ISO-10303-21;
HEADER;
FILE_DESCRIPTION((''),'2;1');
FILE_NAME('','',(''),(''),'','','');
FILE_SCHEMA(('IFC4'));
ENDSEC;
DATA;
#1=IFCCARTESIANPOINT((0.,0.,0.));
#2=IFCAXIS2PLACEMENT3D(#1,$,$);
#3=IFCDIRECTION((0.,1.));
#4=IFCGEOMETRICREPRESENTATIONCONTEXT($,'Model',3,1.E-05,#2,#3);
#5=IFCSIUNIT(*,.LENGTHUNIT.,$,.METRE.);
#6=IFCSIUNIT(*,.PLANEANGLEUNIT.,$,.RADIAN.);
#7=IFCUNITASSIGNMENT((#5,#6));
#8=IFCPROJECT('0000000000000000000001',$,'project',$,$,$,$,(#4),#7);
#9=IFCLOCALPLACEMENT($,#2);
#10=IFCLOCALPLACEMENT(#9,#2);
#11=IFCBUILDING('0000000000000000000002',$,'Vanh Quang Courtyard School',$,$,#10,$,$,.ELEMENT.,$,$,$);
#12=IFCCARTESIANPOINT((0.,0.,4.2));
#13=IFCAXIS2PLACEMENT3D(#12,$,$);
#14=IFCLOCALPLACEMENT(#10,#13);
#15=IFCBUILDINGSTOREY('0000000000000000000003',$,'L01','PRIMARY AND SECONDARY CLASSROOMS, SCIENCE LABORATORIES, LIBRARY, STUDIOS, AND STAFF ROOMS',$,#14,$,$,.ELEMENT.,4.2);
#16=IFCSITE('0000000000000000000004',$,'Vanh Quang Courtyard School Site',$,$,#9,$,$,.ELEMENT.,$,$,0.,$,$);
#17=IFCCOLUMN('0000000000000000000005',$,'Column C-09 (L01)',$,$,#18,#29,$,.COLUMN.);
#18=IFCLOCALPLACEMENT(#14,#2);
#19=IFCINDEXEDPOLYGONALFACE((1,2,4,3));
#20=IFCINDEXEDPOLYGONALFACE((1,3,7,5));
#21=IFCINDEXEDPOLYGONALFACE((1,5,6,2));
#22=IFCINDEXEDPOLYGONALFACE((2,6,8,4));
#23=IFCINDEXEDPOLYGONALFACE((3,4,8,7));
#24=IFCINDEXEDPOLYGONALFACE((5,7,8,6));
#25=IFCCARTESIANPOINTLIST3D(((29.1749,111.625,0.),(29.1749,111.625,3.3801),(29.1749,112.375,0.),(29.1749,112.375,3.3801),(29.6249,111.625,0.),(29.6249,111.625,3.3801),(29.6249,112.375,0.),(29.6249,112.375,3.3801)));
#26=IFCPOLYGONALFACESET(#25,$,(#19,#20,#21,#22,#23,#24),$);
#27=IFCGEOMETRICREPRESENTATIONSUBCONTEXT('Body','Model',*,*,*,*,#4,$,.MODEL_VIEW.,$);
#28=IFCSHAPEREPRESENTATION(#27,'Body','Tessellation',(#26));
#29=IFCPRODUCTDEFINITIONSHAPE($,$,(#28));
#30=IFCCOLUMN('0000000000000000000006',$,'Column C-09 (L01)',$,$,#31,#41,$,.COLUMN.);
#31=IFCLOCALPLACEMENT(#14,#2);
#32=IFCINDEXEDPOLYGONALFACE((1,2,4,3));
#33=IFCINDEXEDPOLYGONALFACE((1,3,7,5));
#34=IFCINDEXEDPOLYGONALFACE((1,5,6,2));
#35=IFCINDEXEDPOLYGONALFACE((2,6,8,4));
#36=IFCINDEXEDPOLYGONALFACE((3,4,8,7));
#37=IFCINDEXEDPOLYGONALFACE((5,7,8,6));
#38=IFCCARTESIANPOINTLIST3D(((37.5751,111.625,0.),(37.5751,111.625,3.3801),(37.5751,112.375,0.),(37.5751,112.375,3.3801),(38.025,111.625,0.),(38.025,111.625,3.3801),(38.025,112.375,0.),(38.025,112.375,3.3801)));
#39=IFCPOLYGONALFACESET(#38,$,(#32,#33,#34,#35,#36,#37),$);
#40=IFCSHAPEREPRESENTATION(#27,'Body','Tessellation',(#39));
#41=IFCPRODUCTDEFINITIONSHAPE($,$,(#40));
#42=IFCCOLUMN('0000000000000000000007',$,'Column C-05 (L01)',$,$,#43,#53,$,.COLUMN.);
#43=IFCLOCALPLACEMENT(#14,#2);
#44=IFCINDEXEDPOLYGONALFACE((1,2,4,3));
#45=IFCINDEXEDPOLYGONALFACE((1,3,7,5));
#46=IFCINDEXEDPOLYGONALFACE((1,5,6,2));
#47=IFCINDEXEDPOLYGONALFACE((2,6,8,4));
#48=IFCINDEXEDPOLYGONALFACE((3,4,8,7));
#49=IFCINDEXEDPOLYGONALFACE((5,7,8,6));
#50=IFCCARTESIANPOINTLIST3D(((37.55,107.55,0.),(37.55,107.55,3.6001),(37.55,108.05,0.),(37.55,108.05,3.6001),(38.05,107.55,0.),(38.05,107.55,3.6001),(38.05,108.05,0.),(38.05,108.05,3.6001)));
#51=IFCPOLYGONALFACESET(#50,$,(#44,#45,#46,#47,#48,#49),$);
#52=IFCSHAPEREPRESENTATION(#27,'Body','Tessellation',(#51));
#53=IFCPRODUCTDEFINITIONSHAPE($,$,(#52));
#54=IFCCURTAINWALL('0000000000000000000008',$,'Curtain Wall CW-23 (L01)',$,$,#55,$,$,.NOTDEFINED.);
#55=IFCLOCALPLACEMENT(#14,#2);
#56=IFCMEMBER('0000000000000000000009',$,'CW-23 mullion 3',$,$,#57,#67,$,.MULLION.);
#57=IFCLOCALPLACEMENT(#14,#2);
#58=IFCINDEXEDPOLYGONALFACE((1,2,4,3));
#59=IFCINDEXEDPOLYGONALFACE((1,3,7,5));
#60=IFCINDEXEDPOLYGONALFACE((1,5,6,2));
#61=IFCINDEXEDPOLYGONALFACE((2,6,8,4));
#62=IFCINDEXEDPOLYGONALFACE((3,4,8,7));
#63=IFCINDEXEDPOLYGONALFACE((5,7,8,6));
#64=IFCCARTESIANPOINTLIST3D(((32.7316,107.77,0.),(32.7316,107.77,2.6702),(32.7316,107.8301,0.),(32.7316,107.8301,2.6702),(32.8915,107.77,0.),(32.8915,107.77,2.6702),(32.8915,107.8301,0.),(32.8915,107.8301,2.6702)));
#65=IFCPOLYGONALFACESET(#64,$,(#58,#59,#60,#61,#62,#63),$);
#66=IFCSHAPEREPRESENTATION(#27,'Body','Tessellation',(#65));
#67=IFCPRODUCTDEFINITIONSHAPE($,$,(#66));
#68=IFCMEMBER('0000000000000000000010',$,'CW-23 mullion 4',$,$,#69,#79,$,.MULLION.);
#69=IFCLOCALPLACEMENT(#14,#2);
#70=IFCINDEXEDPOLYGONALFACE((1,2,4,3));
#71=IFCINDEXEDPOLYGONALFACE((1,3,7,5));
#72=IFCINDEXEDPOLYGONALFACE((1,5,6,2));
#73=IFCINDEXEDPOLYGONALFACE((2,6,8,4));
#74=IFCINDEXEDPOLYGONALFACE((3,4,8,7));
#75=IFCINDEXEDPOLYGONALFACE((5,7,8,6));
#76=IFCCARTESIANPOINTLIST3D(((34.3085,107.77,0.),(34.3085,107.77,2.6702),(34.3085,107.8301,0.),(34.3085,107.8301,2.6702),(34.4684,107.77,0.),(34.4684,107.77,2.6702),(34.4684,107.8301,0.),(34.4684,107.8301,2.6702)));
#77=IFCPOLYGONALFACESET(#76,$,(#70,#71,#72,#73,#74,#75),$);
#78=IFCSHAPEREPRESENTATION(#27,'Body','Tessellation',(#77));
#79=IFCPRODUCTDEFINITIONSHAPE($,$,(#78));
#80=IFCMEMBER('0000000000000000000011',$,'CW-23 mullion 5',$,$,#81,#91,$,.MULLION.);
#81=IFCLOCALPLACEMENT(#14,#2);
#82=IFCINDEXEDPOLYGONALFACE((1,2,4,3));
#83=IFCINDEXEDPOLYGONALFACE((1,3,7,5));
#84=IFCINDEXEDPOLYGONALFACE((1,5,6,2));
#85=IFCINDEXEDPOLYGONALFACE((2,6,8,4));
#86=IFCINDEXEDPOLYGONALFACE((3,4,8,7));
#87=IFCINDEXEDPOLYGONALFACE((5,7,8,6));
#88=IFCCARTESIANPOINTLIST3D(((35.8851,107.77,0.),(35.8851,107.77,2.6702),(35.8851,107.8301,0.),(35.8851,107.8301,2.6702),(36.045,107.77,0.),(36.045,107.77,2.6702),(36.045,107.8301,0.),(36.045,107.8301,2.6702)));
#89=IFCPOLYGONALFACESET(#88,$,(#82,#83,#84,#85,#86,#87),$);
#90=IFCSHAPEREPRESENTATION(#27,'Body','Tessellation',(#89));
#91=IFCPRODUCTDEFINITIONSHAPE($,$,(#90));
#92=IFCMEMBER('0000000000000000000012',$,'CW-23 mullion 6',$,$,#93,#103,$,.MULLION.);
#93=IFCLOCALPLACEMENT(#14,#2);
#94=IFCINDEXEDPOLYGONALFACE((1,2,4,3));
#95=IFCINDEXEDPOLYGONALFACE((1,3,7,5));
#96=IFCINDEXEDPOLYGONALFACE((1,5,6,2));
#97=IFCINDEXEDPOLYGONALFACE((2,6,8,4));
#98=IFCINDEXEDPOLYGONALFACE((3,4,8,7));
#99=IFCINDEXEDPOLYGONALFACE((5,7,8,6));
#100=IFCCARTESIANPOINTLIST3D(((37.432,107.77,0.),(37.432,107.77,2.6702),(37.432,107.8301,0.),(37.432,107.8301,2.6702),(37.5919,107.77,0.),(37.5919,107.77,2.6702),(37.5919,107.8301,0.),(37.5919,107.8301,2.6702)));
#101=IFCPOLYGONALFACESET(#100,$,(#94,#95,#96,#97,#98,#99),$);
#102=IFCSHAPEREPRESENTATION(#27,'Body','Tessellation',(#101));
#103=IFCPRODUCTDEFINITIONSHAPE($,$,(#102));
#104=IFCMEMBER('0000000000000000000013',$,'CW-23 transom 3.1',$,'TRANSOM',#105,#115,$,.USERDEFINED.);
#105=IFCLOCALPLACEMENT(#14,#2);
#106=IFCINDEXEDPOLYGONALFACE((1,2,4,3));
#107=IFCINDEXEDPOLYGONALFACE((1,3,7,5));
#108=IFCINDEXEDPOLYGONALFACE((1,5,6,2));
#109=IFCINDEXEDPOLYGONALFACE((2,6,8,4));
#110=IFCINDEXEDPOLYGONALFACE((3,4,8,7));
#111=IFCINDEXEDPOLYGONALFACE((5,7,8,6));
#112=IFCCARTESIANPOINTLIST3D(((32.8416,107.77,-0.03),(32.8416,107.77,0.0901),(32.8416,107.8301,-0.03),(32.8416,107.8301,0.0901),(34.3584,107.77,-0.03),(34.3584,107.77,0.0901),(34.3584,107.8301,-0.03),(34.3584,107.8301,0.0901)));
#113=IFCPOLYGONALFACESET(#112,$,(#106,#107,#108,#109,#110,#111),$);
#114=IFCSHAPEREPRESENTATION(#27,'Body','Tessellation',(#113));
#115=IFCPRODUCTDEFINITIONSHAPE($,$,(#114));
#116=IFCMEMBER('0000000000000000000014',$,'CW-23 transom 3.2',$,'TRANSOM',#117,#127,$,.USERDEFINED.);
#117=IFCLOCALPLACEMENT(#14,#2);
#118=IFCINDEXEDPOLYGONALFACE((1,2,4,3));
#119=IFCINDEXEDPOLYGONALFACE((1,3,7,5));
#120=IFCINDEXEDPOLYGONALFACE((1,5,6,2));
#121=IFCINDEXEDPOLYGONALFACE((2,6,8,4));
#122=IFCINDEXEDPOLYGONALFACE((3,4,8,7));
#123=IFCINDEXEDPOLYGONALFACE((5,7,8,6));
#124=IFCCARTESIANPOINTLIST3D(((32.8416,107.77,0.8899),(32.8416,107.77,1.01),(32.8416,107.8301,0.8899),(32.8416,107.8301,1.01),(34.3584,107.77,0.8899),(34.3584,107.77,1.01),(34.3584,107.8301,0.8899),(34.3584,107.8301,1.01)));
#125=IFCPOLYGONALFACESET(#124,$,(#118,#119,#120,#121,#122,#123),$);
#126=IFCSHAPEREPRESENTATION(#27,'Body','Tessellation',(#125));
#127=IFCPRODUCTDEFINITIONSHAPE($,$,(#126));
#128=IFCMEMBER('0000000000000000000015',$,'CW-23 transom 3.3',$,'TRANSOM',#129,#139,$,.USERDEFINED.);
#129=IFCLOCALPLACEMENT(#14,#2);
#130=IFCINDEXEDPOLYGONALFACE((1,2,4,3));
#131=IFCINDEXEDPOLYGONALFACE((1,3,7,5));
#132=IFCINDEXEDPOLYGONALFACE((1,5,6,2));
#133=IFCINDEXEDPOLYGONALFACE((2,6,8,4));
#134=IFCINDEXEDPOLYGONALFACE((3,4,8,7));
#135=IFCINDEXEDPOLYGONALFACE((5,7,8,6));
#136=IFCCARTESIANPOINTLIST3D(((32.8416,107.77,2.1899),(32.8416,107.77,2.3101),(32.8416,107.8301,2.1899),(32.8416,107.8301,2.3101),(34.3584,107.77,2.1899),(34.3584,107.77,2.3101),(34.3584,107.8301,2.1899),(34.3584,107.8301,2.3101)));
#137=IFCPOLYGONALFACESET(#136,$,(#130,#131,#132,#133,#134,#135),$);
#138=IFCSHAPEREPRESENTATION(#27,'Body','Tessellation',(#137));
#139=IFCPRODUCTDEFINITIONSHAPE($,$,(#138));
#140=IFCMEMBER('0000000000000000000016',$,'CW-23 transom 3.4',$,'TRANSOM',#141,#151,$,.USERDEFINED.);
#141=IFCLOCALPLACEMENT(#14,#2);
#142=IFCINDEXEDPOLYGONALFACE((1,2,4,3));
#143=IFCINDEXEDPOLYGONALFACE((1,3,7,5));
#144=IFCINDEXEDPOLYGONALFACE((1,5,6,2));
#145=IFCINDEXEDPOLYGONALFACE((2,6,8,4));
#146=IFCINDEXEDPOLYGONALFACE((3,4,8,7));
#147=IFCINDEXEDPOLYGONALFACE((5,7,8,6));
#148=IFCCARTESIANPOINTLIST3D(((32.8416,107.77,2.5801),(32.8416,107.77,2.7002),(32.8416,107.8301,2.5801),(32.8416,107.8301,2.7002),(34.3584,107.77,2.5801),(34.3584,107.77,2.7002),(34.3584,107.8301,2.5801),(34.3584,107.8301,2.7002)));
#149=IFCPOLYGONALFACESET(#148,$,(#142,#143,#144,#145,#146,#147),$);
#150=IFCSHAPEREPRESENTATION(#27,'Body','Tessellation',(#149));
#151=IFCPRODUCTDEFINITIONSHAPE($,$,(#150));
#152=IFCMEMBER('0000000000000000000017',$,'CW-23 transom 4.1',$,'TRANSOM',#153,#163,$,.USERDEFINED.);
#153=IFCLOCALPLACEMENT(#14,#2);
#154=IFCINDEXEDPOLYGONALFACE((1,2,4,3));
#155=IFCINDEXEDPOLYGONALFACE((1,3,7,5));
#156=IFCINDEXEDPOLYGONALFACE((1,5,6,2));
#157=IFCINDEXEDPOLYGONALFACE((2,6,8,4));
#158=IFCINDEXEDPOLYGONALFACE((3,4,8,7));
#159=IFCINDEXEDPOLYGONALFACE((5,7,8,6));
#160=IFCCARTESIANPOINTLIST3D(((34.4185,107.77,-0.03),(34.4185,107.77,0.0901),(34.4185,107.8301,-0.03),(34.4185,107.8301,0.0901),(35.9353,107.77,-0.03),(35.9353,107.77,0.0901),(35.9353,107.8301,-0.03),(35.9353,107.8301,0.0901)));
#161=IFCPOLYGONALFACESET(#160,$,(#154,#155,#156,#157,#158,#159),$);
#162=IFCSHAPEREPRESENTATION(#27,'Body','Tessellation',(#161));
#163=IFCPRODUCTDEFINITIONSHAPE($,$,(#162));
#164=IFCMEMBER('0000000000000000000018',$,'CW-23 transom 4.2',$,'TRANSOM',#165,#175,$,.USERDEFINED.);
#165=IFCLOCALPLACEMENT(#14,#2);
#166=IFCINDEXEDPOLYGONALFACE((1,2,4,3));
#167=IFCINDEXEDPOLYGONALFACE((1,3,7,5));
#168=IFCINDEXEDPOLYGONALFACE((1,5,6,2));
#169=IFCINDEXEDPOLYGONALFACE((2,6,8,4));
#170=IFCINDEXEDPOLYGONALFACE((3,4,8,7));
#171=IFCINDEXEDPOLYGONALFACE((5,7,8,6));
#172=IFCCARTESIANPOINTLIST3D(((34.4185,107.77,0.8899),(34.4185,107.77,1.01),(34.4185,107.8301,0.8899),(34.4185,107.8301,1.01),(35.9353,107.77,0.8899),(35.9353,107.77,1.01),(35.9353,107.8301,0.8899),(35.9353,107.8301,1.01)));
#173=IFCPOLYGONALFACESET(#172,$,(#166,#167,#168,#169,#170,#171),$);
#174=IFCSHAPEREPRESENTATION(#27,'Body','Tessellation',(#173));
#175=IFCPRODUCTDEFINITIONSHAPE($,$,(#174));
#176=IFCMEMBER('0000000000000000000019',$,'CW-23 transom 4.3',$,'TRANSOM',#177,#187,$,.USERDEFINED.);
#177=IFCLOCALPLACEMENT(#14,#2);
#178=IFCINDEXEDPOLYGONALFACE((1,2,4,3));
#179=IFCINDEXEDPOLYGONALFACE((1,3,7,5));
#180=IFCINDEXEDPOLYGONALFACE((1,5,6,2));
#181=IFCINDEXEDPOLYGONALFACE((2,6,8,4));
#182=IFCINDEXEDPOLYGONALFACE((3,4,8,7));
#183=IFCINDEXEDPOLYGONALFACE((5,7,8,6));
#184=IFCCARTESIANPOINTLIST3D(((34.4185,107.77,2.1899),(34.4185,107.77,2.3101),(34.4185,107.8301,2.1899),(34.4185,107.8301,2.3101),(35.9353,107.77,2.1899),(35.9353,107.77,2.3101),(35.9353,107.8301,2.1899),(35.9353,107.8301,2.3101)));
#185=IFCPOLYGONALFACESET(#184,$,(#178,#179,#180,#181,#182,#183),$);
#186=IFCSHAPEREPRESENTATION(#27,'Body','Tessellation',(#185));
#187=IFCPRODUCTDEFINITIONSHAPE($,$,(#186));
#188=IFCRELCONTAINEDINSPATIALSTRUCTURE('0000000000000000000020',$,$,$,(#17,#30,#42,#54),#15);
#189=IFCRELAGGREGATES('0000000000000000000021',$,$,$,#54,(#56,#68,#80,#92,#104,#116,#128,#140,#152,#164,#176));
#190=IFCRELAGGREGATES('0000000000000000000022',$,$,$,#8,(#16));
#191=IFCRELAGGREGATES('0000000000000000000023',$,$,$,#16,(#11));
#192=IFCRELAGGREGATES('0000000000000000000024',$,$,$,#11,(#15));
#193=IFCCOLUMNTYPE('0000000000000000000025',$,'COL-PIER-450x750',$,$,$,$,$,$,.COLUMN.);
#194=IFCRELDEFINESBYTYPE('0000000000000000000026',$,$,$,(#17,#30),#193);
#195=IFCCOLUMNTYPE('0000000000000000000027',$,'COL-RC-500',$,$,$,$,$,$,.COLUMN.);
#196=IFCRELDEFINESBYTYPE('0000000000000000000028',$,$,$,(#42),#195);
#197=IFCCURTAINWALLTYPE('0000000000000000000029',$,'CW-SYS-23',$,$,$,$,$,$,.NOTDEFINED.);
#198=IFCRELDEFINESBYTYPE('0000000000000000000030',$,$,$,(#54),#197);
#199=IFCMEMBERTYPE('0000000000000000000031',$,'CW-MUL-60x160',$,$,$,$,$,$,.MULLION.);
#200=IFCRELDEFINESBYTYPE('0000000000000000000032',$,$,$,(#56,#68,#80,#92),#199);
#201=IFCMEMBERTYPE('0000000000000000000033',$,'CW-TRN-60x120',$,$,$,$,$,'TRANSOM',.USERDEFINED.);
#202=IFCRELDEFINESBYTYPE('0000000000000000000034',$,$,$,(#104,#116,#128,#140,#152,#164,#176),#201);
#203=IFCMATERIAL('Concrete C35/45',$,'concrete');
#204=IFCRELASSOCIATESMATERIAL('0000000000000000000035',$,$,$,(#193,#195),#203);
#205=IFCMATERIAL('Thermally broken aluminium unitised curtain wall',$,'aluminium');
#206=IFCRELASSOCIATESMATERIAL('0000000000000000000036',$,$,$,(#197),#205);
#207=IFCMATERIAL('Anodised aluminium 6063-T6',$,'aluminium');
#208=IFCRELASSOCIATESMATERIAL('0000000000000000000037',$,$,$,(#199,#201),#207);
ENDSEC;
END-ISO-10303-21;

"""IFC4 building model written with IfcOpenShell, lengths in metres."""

from ifc_helpers import new_model, si_unit, direction, frame, origin, origin_2d, place, context, subcontext, project, spatial, rectangle, extrude, material, material_profile, profile_set, type_object, element, aggregate, save


model = new_model("IFC4")

# Units and contexts
model_context = context("Model", 3, precision=1e-05, world=origin(), true_north=direction((0.0, 1.0)))
body_context = subcontext(model_context, "Body", "Model", "MODEL_VIEW")
ifc_project = project(units=[si_unit("LENGTHUNIT", "METRE"), si_unit("PLANEANGLEUNIT", "RADIAN")], contexts=[model_context])

# Site, building, storey
site_placement = place(None, origin())
site = spatial("IfcSite", under=ifc_project, at=site_placement, Name="Vanh Quang Courtyard School Site", CompositionType="ELEMENT", RefElevation=0.0)
building_placement = place(site_placement, origin())
building = spatial("IfcBuilding", under=site, at=building_placement, Name="Vanh Quang Courtyard School", CompositionType="ELEMENT")
storey_placement = place(building_placement, frame((0.0, 0.0, 4.2)))
storey = spatial("IfcBuildingStorey", under=building, at=storey_placement, Name="L01", Description="PRIMARY AND SECONDARY CLASSROOMS, SCIENCE LABORATORIES, LIBRARY, STUDIOS, AND STAFF ROOMS", CompositionType="ELEMENT", Elevation=4.2)

# Columns
ifc_material_1 = material(Name="Concrete C35/45", Category="concrete")
ifc_material_profile_1 = material_profile(ifc_material_1, rectangle(XDim=0.45, YDim=0.75, at=origin_2d()), Name="RC-PIER 450x750")
ifc_profile_set_1 = profile_set([ifc_material_profile_1], Name="Concrete C35/45")
column_type_1 = type_object("IfcColumnType", Name="COL-PIER-450x750", PredefinedType="COLUMN", material=ifc_profile_set_1)
for number, where, z_axis, x_axis, name in (
    (1, (29.3999, 112.0, 0.0), (0.0, 0.0, 1.0), (1.0, 0.0, 0.0), "Column C-09 (L01)"),
    (2, (37.8, 112.0, 0.0), (0.0, 0.0, 1.0), (1.0, 0.0, 0.0), "Column C-09 (L01)"),
):
    element("IfcColumn", number, at=place(storey_placement, frame(where, z_axis=z_axis, x_axis=x_axis)), inside=storey, type_object=column_type_1, Name=name, PredefinedType="COLUMN", context=body_context, shape_type="SweptSolid", body=[
        extrude(rectangle(XDim=0.45, YDim=0.75, at=origin_2d()), origin(), (0.0, 0.0, 1.0), 3.3801),
    ])
ifc_material_profile_2 = material_profile(ifc_material_1, rectangle(XDim=0.5, YDim=0.5, at=origin_2d()), Name="RC-COL 500x500")
ifc_profile_set_2 = profile_set([ifc_material_profile_2], Name="Concrete C35/45")
column_type_2 = type_object("IfcColumnType", Name="COL-RC-500", PredefinedType="COLUMN", material=ifc_profile_set_2)
column_placement = place(storey_placement, frame((37.8, 107.8, 0.0), z_axis=(0.0, 0.0, 1.0), x_axis=(1.0, 0.0, 0.0)))
element("IfcColumn", 3, at=column_placement, inside=storey, type_object=column_type_2, Name="Column C-05 (L01)", PredefinedType="COLUMN", context=body_context, shape_type="SweptSolid", body=[
    extrude(rectangle(XDim=0.5, YDim=0.5, at=origin_2d()), origin(), (0.0, 0.0, 1.0), 3.6001),
])

# Curtain wall, members
ifc_material_2 = material(Name="Thermally broken aluminium unitised curtain wall", Category="aluminium")
curtain_wall_type = type_object("IfcCurtainWallType", Name="CW-SYS-23", PredefinedType="NOTDEFINED", material=ifc_material_2)
curtain_wall_placement = place(storey_placement, origin())
curtain_wall = element("IfcCurtainWall", 4, at=curtain_wall_placement, inside=storey, type_object=curtain_wall_type, Name="Curtain Wall CW-23 (L01)", PredefinedType="NOTDEFINED")
ifc_material_3 = material(Name="Anodised aluminium 6063-T6", Category="aluminium")
ifc_material_profile_3 = material_profile(ifc_material_3, rectangle(XDim=0.0601, YDim=0.1599, at=origin_2d()), Name="ALU-MUL 60x160")
ifc_profile_set_3 = profile_set([ifc_material_profile_3], Name="Anodised aluminium 6063-T6")
member_type_1 = type_object("IfcMemberType", Name="CW-MUL-60x160", PredefinedType="MULLION", material=ifc_profile_set_3)
member_1_placement = place(storey_placement, frame((32.8115, 107.8, 0.0), z_axis=(0.0, 0.0, 1.0), x_axis=(0.0, 1.0, 0.0)))
member_1 = element("IfcMember", 5, at=member_1_placement, type_object=member_type_1, Name="CW-23 mullion 3", PredefinedType="MULLION", context=body_context, shape_type="SweptSolid", body=[
    extrude(rectangle(XDim=0.0601, YDim=0.1599, at=origin_2d()), origin(), (0.0, 0.0, 1.0), 2.6702),
])
member_2_placement = place(storey_placement, frame((34.3884, 107.8, 0.0), z_axis=(0.0, 0.0, 1.0), x_axis=(0.0, 1.0, 0.0)))
member_2 = element("IfcMember", 6, at=member_2_placement, type_object=member_type_1, Name="CW-23 mullion 4", PredefinedType="MULLION", context=body_context, shape_type="SweptSolid", body=[
    extrude(rectangle(XDim=0.0601, YDim=0.1599, at=origin_2d()), origin(), (0.0, 0.0, 1.0), 2.6702),
])
member_3_placement = place(storey_placement, frame((35.9651, 107.8, 0.0), z_axis=(0.0, 0.0, 1.0), x_axis=(0.0, 1.0, 0.0)))
member_3 = element("IfcMember", 7, at=member_3_placement, type_object=member_type_1, Name="CW-23 mullion 5", PredefinedType="MULLION", context=body_context, shape_type="SweptSolid", body=[
    extrude(rectangle(XDim=0.0601, YDim=0.1599, at=origin_2d()), origin(), (0.0, 0.0, 1.0), 2.6702),
])
member_4_placement = place(storey_placement, frame((37.512, 107.8, 0.0), z_axis=(0.0, 0.0, 1.0), x_axis=(0.0, 1.0, 0.0)))
member_4 = element("IfcMember", 8, at=member_4_placement, type_object=member_type_1, Name="CW-23 mullion 6", PredefinedType="MULLION", context=body_context, shape_type="SweptSolid", body=[
    extrude(rectangle(XDim=0.0601, YDim=0.1599, at=origin_2d()), origin(), (0.0, 0.0, 1.0), 2.6702),
])
ifc_material_profile_4 = material_profile(ifc_material_3, rectangle(XDim=0.0601, YDim=0.1201, at=origin_2d()), Name="ALU-TRN 60x120")
ifc_profile_set_4 = profile_set([ifc_material_profile_4], Name="Anodised aluminium 6063-T6")
member_type_2 = type_object("IfcMemberType", Name="CW-TRN-60x120", ElementType="TRANSOM", PredefinedType="USERDEFINED", material=ifc_profile_set_4)
member_5_placement = place(storey_placement, frame((32.8416, 107.8, 0.03), z_axis=(1.0, 0.0, 0.0), x_axis=(0.0, 1.0, 0.0)))
member_5 = element("IfcMember", 9, at=member_5_placement, type_object=member_type_2, Name="CW-23 transom 3.1", ObjectType="TRANSOM", PredefinedType="USERDEFINED", context=body_context, shape_type="SweptSolid", body=[
    extrude(rectangle(XDim=0.0601, YDim=0.1201, at=origin_2d()), origin(), (0.0, 0.0, 1.0), 1.5168),
])
member_6_placement = place(storey_placement, frame((32.8416, 107.8, 0.95), z_axis=(1.0, 0.0, 0.0), x_axis=(0.0, 1.0, 0.0)))
member_6 = element("IfcMember", 10, at=member_6_placement, type_object=member_type_2, Name="CW-23 transom 3.2", ObjectType="TRANSOM", PredefinedType="USERDEFINED", context=body_context, shape_type="SweptSolid", body=[
    extrude(rectangle(XDim=0.0601, YDim=0.1201, at=origin_2d()), origin(), (0.0, 0.0, 1.0), 1.5168),
])
member_7_placement = place(storey_placement, frame((32.8416, 107.8, 2.25), z_axis=(1.0, 0.0, 0.0), x_axis=(0.0, 1.0, 0.0)))
member_7 = element("IfcMember", 11, at=member_7_placement, type_object=member_type_2, Name="CW-23 transom 3.3", ObjectType="TRANSOM", PredefinedType="USERDEFINED", context=body_context, shape_type="SweptSolid", body=[
    extrude(rectangle(XDim=0.0601, YDim=0.1201, at=origin_2d()), origin(), (0.0, 0.0, 1.0), 1.5168),
])
member_8_placement = place(storey_placement, frame((32.8416, 107.8, 2.6401), z_axis=(1.0, 0.0, 0.0), x_axis=(0.0, 1.0, 0.0)))
member_8 = element("IfcMember", 12, at=member_8_placement, type_object=member_type_2, Name="CW-23 transom 3.4", ObjectType="TRANSOM", PredefinedType="USERDEFINED", context=body_context, shape_type="SweptSolid", body=[
    extrude(rectangle(XDim=0.0601, YDim=0.1201, at=origin_2d()), origin(), (0.0, 0.0, 1.0), 1.5168),
])
member_9_placement = place(storey_placement, frame((34.4185, 107.8, 0.03), z_axis=(1.0, 0.0, 0.0), x_axis=(0.0, 1.0, 0.0)))
member_9 = element("IfcMember", 13, at=member_9_placement, type_object=member_type_2, Name="CW-23 transom 4.1", ObjectType="TRANSOM", PredefinedType="USERDEFINED", context=body_context, shape_type="SweptSolid", body=[
    extrude(rectangle(XDim=0.0601, YDim=0.1201, at=origin_2d()), origin(), (0.0, 0.0, 1.0), 1.5168),
])
member_10_placement = place(storey_placement, frame((34.4185, 107.8, 0.95), z_axis=(1.0, 0.0, 0.0), x_axis=(0.0, 1.0, 0.0)))
member_10 = element("IfcMember", 14, at=member_10_placement, type_object=member_type_2, Name="CW-23 transom 4.2", ObjectType="TRANSOM", PredefinedType="USERDEFINED", context=body_context, shape_type="SweptSolid", body=[
    extrude(rectangle(XDim=0.0601, YDim=0.1201, at=origin_2d()), origin(), (0.0, 0.0, 1.0), 1.5168),
])
member_11_placement = place(storey_placement, frame((34.4185, 107.8, 2.25), z_axis=(1.0, 0.0, 0.0), x_axis=(0.0, 1.0, 0.0)))
member_11 = element("IfcMember", 15, at=member_11_placement, type_object=member_type_2, Name="CW-23 transom 4.3", ObjectType="TRANSOM", PredefinedType="USERDEFINED", context=body_context, shape_type="SweptSolid", body=[
    extrude(rectangle(XDim=0.0601, YDim=0.1201, at=origin_2d()), origin(), (0.0, 0.0, 1.0), 1.5168),
])
aggregate(curtain_wall, [member_1, member_2, member_3, member_4, member_5, member_6, member_7, member_8, member_9, member_10, member_11])

save(model, "model.ifc")
